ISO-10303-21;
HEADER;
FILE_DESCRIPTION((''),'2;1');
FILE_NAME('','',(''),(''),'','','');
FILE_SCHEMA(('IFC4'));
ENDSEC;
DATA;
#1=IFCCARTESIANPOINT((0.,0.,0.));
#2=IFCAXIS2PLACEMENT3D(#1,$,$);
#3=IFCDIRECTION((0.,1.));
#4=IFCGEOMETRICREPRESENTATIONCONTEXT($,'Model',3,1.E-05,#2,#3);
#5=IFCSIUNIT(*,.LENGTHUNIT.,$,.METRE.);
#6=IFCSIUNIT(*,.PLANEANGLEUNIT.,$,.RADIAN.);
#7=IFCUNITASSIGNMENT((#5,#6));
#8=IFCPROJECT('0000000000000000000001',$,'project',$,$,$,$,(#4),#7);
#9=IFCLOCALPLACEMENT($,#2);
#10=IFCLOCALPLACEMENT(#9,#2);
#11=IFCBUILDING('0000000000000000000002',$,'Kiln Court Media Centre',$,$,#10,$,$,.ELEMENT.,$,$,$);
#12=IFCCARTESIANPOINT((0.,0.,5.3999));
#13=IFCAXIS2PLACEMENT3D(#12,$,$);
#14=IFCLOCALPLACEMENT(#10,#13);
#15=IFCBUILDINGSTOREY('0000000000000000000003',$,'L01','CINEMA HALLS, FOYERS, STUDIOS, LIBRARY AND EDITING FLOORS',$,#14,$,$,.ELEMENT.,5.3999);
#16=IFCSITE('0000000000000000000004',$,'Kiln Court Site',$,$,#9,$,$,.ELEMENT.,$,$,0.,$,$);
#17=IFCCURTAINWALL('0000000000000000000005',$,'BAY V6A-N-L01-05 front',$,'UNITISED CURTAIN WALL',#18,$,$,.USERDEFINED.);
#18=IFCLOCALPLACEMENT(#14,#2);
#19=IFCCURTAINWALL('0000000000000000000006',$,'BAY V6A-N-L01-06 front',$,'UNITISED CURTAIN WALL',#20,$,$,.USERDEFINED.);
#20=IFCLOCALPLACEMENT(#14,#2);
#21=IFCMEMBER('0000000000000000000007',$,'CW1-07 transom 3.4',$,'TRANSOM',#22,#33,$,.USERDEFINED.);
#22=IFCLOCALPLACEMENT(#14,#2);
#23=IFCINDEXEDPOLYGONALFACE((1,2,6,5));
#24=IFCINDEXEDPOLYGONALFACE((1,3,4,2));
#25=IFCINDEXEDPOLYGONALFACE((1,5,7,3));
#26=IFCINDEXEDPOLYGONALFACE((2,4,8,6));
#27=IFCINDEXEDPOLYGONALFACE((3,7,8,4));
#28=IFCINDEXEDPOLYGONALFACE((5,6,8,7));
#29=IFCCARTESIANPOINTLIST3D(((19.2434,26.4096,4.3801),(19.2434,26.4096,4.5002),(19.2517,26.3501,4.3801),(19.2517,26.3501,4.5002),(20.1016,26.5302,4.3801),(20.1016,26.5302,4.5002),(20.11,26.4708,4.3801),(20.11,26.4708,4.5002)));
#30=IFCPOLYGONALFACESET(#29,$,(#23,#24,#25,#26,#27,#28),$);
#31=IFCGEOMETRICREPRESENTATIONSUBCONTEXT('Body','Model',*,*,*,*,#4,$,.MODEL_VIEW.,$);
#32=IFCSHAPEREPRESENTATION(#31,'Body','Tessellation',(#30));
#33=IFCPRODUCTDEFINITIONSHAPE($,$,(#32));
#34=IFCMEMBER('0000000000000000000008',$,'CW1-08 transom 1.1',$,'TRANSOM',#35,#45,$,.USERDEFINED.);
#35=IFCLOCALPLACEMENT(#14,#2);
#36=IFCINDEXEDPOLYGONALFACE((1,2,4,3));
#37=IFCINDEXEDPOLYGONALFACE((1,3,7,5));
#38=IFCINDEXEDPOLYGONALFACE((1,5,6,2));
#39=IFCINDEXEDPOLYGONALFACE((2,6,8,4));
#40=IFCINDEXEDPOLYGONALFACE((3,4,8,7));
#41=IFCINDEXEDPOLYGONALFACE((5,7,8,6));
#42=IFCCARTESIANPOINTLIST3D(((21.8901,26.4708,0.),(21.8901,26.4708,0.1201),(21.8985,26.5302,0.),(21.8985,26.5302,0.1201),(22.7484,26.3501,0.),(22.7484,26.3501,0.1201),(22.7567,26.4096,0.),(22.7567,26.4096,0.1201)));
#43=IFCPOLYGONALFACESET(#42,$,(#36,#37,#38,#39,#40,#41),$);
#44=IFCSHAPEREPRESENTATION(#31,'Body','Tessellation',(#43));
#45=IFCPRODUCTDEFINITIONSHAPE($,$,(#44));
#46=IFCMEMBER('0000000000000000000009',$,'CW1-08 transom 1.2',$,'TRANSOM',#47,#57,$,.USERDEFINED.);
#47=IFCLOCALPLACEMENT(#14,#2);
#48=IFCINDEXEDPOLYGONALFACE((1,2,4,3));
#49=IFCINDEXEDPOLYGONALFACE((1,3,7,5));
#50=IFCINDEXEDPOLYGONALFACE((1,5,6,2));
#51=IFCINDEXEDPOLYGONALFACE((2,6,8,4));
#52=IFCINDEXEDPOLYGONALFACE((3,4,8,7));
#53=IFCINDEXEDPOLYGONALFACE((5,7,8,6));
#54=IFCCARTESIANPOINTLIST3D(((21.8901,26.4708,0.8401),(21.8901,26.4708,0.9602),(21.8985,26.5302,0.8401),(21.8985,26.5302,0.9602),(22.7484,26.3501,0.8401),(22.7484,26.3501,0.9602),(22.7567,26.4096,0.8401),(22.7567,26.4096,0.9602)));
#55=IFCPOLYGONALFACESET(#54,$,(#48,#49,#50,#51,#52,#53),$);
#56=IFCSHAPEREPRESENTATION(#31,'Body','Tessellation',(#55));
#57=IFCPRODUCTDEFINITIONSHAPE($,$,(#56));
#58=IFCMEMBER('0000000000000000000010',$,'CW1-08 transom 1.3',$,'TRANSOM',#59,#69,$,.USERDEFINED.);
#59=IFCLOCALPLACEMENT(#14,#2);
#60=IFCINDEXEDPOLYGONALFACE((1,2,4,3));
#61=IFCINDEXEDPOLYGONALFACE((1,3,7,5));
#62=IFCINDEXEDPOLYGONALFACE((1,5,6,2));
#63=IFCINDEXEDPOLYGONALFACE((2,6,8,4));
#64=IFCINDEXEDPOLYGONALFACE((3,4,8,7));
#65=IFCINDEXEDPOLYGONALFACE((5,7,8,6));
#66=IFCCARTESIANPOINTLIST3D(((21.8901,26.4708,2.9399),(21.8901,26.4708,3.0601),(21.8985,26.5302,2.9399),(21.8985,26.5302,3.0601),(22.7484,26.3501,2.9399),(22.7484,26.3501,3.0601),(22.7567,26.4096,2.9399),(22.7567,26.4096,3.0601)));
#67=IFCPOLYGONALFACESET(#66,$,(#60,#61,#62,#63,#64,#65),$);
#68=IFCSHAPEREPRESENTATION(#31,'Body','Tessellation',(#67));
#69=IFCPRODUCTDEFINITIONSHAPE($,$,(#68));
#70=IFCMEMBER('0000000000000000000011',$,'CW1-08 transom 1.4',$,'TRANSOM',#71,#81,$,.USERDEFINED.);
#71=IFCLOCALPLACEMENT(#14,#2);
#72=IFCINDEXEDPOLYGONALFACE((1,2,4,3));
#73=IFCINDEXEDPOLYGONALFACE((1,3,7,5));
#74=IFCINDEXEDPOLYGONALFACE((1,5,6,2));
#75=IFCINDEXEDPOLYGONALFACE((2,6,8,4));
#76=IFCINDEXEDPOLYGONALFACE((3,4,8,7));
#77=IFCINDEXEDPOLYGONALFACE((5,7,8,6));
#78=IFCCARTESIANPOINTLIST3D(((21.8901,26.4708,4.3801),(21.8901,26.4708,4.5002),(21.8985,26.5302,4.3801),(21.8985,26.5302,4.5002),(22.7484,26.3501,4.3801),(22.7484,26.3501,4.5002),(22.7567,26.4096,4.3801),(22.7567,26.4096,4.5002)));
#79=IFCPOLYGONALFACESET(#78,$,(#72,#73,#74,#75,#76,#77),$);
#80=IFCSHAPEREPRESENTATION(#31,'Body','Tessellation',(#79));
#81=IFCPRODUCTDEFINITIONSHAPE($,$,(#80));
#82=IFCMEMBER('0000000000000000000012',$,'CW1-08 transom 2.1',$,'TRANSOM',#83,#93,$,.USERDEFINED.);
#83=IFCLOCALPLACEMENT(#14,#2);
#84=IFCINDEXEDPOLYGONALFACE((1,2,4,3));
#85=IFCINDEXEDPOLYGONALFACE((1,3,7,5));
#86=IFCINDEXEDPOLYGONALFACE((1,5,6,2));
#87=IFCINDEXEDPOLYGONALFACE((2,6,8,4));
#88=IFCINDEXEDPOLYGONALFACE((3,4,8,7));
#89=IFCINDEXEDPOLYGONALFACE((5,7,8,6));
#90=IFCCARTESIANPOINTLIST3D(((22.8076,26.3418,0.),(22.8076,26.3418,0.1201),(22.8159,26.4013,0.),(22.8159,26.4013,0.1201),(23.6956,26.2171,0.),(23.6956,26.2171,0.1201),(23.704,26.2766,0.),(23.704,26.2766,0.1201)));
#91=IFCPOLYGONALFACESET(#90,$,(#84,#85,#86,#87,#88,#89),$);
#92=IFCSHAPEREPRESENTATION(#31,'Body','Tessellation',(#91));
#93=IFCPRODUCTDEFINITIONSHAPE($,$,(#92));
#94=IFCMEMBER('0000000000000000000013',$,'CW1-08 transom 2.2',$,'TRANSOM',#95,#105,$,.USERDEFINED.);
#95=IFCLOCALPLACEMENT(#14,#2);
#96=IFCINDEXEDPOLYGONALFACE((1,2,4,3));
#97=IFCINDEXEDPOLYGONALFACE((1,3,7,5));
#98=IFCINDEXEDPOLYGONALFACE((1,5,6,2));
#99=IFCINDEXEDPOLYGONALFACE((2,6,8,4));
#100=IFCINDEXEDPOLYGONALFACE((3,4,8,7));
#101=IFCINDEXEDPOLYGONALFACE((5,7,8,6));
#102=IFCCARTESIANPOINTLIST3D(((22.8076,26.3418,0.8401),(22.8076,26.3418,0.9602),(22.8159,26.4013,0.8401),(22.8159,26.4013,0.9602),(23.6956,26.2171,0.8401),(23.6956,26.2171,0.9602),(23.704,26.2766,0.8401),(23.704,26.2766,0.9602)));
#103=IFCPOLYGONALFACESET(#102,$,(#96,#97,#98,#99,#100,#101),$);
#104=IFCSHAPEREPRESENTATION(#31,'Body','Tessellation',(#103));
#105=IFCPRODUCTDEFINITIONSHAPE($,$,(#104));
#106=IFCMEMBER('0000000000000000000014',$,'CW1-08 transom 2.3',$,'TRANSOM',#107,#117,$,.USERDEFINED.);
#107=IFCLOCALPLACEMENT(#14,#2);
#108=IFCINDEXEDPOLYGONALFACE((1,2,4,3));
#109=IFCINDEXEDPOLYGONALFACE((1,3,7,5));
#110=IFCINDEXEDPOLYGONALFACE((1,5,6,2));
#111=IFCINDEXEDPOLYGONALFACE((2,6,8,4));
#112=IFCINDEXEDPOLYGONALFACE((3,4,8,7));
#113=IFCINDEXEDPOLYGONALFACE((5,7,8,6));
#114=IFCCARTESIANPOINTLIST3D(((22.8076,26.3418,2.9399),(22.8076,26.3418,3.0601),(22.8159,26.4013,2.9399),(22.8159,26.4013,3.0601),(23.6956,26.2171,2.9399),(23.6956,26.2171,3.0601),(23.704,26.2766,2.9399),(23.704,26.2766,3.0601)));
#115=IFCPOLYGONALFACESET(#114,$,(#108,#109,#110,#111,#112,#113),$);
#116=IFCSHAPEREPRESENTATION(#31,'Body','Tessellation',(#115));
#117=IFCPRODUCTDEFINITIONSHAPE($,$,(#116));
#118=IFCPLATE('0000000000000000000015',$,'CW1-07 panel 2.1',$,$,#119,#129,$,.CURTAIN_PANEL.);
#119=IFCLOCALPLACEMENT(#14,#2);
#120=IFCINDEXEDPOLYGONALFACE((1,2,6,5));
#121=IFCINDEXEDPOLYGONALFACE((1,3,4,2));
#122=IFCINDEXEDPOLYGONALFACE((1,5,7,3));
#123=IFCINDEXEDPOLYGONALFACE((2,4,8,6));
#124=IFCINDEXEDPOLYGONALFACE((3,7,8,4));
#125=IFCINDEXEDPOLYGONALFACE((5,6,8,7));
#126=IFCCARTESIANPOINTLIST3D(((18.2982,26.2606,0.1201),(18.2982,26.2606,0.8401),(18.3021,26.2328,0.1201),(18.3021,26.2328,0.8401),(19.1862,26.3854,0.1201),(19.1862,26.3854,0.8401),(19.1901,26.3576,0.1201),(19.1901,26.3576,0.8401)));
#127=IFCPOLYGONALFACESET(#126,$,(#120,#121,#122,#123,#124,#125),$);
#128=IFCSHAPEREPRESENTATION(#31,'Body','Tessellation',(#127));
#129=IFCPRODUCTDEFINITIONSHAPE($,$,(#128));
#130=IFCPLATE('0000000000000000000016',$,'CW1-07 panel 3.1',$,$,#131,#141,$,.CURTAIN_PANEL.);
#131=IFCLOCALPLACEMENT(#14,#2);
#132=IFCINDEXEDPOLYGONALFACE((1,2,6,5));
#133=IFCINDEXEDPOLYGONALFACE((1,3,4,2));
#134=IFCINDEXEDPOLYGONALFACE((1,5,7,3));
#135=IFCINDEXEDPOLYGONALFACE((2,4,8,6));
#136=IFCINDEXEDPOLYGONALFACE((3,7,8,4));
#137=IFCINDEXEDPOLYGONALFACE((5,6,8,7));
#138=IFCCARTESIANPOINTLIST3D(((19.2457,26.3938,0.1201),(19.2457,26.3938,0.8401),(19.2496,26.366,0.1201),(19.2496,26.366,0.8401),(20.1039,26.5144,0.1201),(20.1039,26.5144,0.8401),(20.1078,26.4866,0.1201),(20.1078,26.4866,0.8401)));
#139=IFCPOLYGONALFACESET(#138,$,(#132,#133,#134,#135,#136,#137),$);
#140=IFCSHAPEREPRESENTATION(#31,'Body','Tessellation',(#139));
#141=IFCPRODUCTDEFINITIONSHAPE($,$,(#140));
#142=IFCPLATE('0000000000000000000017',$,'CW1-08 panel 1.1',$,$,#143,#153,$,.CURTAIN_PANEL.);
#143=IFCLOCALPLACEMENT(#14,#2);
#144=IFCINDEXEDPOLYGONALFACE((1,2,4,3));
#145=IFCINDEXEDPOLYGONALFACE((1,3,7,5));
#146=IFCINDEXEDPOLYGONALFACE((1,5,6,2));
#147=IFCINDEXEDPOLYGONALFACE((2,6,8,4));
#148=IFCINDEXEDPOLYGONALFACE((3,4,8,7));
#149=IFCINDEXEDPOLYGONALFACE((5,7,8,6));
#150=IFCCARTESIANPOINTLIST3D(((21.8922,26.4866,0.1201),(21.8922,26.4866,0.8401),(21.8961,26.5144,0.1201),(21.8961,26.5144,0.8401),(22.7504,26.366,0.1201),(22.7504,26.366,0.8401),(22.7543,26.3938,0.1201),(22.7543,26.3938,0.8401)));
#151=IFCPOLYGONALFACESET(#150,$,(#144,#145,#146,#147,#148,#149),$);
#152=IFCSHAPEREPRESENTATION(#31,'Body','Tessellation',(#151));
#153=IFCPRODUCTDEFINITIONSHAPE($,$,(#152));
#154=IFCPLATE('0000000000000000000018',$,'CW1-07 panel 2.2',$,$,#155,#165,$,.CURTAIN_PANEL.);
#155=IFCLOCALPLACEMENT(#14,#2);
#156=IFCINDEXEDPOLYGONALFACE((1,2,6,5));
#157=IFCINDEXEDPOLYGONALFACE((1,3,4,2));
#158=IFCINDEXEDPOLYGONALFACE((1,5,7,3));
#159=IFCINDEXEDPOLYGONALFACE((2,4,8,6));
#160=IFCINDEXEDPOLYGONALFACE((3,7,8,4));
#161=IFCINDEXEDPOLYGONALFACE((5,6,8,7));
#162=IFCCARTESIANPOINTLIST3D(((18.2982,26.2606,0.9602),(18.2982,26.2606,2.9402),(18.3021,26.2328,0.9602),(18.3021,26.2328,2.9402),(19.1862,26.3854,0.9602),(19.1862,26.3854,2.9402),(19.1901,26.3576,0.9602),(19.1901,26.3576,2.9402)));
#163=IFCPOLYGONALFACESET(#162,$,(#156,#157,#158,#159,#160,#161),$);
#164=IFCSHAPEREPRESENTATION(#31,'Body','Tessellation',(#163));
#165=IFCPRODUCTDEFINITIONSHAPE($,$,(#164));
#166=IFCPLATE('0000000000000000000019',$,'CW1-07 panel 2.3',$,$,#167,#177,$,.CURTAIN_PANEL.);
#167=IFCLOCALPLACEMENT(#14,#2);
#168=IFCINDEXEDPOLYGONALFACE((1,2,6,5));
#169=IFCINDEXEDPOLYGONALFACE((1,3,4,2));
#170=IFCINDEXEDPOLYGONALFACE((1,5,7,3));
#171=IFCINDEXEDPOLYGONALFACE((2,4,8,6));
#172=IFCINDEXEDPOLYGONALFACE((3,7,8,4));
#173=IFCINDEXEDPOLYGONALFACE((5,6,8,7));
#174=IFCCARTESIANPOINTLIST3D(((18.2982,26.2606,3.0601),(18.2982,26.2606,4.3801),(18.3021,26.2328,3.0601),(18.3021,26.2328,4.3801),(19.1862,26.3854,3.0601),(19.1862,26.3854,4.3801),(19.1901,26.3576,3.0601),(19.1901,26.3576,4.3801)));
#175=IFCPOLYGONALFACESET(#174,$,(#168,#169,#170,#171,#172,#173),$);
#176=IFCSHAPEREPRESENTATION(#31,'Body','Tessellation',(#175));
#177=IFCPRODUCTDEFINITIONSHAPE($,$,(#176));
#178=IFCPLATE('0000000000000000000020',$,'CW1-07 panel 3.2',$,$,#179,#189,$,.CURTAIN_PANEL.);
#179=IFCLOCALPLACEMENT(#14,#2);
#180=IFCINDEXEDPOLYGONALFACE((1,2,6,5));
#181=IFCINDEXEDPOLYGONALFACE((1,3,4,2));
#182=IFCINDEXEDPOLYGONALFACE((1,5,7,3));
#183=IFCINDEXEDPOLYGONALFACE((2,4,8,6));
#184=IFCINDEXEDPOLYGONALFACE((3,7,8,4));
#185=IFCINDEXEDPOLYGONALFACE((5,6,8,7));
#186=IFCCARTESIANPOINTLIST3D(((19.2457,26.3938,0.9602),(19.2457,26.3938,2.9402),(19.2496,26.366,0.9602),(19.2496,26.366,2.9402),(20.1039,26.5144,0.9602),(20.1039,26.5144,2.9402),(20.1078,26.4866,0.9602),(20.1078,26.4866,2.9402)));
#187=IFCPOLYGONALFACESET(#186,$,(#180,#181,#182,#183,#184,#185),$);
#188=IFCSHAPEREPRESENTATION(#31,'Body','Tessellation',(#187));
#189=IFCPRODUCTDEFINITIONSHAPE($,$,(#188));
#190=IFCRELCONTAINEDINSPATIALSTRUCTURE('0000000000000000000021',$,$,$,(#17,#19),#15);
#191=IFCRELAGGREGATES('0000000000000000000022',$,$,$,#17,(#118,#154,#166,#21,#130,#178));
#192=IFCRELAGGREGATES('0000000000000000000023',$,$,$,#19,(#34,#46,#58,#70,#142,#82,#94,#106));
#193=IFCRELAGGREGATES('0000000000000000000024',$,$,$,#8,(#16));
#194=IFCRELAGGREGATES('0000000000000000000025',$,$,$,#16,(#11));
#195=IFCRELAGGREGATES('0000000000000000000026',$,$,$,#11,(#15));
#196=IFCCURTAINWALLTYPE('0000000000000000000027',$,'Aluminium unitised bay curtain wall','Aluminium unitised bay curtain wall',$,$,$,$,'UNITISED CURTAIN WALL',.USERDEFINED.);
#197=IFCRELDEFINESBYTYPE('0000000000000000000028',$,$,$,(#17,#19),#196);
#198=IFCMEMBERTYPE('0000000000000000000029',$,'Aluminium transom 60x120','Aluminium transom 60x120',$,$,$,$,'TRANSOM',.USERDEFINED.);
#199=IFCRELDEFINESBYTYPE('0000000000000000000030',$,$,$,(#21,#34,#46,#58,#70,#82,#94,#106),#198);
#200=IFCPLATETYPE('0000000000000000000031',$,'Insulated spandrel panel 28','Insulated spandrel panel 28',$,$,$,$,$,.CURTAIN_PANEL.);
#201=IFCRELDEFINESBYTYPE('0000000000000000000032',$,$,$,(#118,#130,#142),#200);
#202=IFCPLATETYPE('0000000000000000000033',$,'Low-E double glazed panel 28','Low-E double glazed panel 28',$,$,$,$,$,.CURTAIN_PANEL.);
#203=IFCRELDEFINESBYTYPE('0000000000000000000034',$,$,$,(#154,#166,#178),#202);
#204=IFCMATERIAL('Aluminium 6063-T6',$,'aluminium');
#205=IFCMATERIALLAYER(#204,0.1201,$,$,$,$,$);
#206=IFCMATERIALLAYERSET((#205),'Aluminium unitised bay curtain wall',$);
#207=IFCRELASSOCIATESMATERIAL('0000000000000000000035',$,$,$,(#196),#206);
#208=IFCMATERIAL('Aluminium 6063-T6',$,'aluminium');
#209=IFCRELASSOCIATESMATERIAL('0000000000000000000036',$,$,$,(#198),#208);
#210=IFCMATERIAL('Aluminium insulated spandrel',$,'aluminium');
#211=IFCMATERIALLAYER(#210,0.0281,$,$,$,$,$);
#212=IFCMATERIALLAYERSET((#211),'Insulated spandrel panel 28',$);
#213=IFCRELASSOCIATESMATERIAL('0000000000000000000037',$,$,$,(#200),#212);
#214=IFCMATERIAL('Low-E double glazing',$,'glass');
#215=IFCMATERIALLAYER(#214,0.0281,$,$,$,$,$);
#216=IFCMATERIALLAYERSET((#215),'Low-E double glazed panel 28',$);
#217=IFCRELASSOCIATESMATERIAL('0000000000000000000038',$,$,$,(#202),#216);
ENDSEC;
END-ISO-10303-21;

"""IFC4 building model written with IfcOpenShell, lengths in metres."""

from ifc_helpers import new_model, si_unit, direction, frame, origin, origin_2d, place, context, subcontext, project, spatial, rectangle, extrude, material, layer, layer_set, material_profile, profile_set, type_object, element, aggregate, save


model = new_model("IFC4")

# Units and contexts
model_context = context("Model", 3, precision=1e-05, world=origin(), true_north=direction((0.0, 1.0)))
body_context = subcontext(model_context, "Body", "Model", "MODEL_VIEW")
ifc_project = project(units=[si_unit("LENGTHUNIT", "METRE"), si_unit("PLANEANGLEUNIT", "RADIAN")], contexts=[model_context])

# Site, building, storey
site_placement = place(None, origin())
site = spatial("IfcSite", under=ifc_project, at=site_placement, Name="Kiln Court Site", CompositionType="ELEMENT", RefElevation=0.0)
building_placement = place(site_placement, origin())
building = spatial("IfcBuilding", under=site, at=building_placement, Name="Kiln Court Media Centre", CompositionType="ELEMENT")
storey_placement = place(building_placement, frame((0.0, 0.0, 5.3999)))
storey = spatial("IfcBuildingStorey", under=building, at=storey_placement, Name="L01", Description="CINEMA HALLS, FOYERS, STUDIOS, LIBRARY AND EDITING FLOORS", CompositionType="ELEMENT", Elevation=5.3999)

# Shared definitions
ifc_material_1 = material(Name="Aluminium 6063-T6", Category="aluminium")
ifc_layer_1 = layer(ifc_material_1, 0.1201)
ifc_layer_set_1 = layer_set([ifc_layer_1], Name="Aluminium unitised bay curtain wall")
curtain_wall_type = type_object("IfcCurtainWallType", Name="Aluminium unitised bay curtain wall", Description="Aluminium unitised bay curtain wall", ElementType="UNITISED CURTAIN WALL", PredefinedType="USERDEFINED", material=ifc_layer_set_1)

# Curtain walls
curtain_wall_1_placement = place(storey_placement, origin())
curtain_wall_1 = element("IfcCurtainWall", 1, at=curtain_wall_1_placement, inside=storey, type_object=curtain_wall_type, Name="BAY V6A-N-L01-05 front", ObjectType="UNITISED CURTAIN WALL", PredefinedType="USERDEFINED")
curtain_wall_2_placement = place(storey_placement, origin())
curtain_wall_2 = element("IfcCurtainWall", 2, at=curtain_wall_2_placement, inside=storey, type_object=curtain_wall_type, Name="BAY V6A-N-L01-06 front", ObjectType="UNITISED CURTAIN WALL", PredefinedType="USERDEFINED")

# Members
ifc_material_2 = material(Name="Aluminium 6063-T6", Category="aluminium")
ifc_material_profile_1 = material_profile(ifc_material_2, rectangle(XDim=0.0601, YDim=0.1201, at=origin_2d()), Name="Aluminium transom 60x120")
ifc_profile_set_1 = profile_set([ifc_material_profile_1], Name="Aluminium 6063-T6")
member_type_1 = type_object("IfcMemberType", Name="Aluminium transom 60x120", Description="Aluminium transom 60x120", ElementType="TRANSOM", PredefinedType="USERDEFINED", material=ifc_profile_set_1)
member_1_placement = place(storey_placement, frame((19.2476, 26.3799, 4.4402), z_axis=(0.990268, 0.139173, 0.0), x_axis=(-0.139173, 0.990268, 0.0)))
member_1 = element("IfcMember", 3, at=member_1_placement, type_object=member_type_1, Name="CW1-07 transom 3.4", ObjectType="TRANSOM", PredefinedType="USERDEFINED", context=body_context, shape_type="SweptSolid", body=[
    extrude(rectangle(XDim=0.0601, YDim=0.1201, at=origin_2d()), origin(), (0.0, 0.0, 1.0), 0.8667),
])
member_2_placement = place(storey_placement, frame((21.8943, 26.5005, 0.0601), z_axis=(0.990268, -0.139173, 0.0), x_axis=(0.139173, 0.990268, 0.0)))
member_2 = element("IfcMember", 4, at=member_2_placement, type_object=member_type_1, Name="CW1-08 transom 1.1", ObjectType="TRANSOM", PredefinedType="USERDEFINED", context=body_context, shape_type="SweptSolid", body=[
    extrude(rectangle(XDim=0.0601, YDim=0.1201, at=origin_2d()), origin(), (0.0, 0.0, 1.0), 0.8667),
])
member_3_placement = place(storey_placement, frame((21.8943, 26.5005, 0.9001), z_axis=(0.990268, -0.139173, 0.0), x_axis=(0.139173, 0.990268, 0.0)))
member_3 = element("IfcMember", 5, at=member_3_placement, type_object=member_type_1, Name="CW1-08 transom 1.2", ObjectType="TRANSOM", PredefinedType="USERDEFINED", context=body_context, shape_type="SweptSolid", body=[
    extrude(rectangle(XDim=0.0601, YDim=0.1201, at=origin_2d()), origin(), (0.0, 0.0, 1.0), 0.8667),
])
member_4_placement = place(storey_placement, frame((21.8943, 26.5005, 3.0), z_axis=(0.990268, -0.139173, 0.0), x_axis=(0.139173, 0.990268, 0.0)))
member_4 = element("IfcMember", 6, at=member_4_placement, type_object=member_type_1, Name="CW1-08 transom 1.3", ObjectType="TRANSOM", PredefinedType="USERDEFINED", context=body_context, shape_type="SweptSolid", body=[
    extrude(rectangle(XDim=0.0601, YDim=0.1201, at=origin_2d()), origin(), (0.0, 0.0, 1.0), 0.8667),
])
member_5_placement = place(storey_placement, frame((21.8943, 26.5005, 4.4402), z_axis=(0.990268, -0.139173, 0.0), x_axis=(0.139173, 0.990268, 0.0)))
member_5 = element("IfcMember", 7, at=member_5_placement, type_object=member_type_1, Name="CW1-08 transom 1.4", ObjectType="TRANSOM", PredefinedType="USERDEFINED", context=body_context, shape_type="SweptSolid", body=[
    extrude(rectangle(XDim=0.0601, YDim=0.1201, at=origin_2d()), origin(), (0.0, 0.0, 1.0), 0.8667),
])
member_6_placement = place(storey_placement, frame((22.8118, 26.3716, 0.0601), z_axis=(0.990274, -0.139134, 0.0), x_axis=(0.139134, 0.990274, 0.0)))
member_6 = element("IfcMember", 8, at=member_6_placement, type_object=member_type_1, Name="CW1-08 transom 2.1", ObjectType="TRANSOM", PredefinedType="USERDEFINED", context=body_context, shape_type="SweptSolid", body=[
    extrude(rectangle(XDim=0.0601, YDim=0.1201, at=origin_2d()), origin(), (0.0, 0.0, 1.0), 0.8967),
])
member_7_placement = place(storey_placement, frame((22.8118, 26.3716, 0.9001), z_axis=(0.990274, -0.139134, 0.0), x_axis=(0.139134, 0.990274, 0.0)))
member_7 = element("IfcMember", 9, at=member_7_placement, type_object=member_type_1, Name="CW1-08 transom 2.2", ObjectType="TRANSOM", PredefinedType="USERDEFINED", context=body_context, shape_type="SweptSolid", body=[
    extrude(rectangle(XDim=0.0601, YDim=0.1201, at=origin_2d()), origin(), (0.0, 0.0, 1.0), 0.8967),
])
member_8_placement = place(storey_placement, frame((22.8118, 26.3716, 3.0), z_axis=(0.990274, -0.139134, 0.0), x_axis=(0.139134, 0.990274, 0.0)))
member_8 = element("IfcMember", 10, at=member_8_placement, type_object=member_type_1, Name="CW1-08 transom 2.3", ObjectType="TRANSOM", PredefinedType="USERDEFINED", context=body_context, shape_type="SweptSolid", body=[
    extrude(rectangle(XDim=0.0601, YDim=0.1201, at=origin_2d()), origin(), (0.0, 0.0, 1.0), 0.8967),
])

# Plates
ifc_material_3 = material(Name="Aluminium insulated spandrel", Category="aluminium")
ifc_layer_2 = layer(ifc_material_3, 0.0281)
ifc_layer_set_2 = layer_set([ifc_layer_2], Name="Insulated spandrel panel 28")
plate_type_1 = type_object("IfcPlateType", Name="Insulated spandrel panel 28", Description="Insulated spandrel panel 28", PredefinedType="CURTAIN_PANEL", material=ifc_layer_set_2)
plate_1_placement = place(storey_placement, frame((18.7441, 26.3091, 0.1201), z_axis=(0.0, 0.0, 1.0), x_axis=(0.99027, 0.139162, 0.0)))
plate_1 = element("IfcPlate", 11, at=plate_1_placement, type_object=plate_type_1, Name="CW1-07 panel 2.1", PredefinedType="CURTAIN_PANEL", context=body_context, shape_type="SweptSolid", body=[
    extrude(rectangle(XDim=0.8967, YDim=0.0281, at=origin_2d()), origin(), (0.0, 0.0, 1.0), 0.72),
])
plate_2_placement = place(storey_placement, frame((19.6768, 26.4402, 0.1201), z_axis=(0.0, 0.0, 1.0), x_axis=(0.99027, 0.139162, 0.0)))
plate_2 = element("IfcPlate", 12, at=plate_2_placement, type_object=plate_type_1, Name="CW1-07 panel 3.1", PredefinedType="CURTAIN_PANEL", context=body_context, shape_type="SweptSolid", body=[
    extrude(rectangle(XDim=0.8667, YDim=0.0281, at=origin_2d()), origin(), (0.0, 0.0, 1.0), 0.72),
])
plate_3_placement = place(storey_placement, frame((22.3232, 26.4402, 0.1201), z_axis=(0.0, 0.0, 1.0), x_axis=(0.99027, -0.139162, 0.0)))
plate_3 = element("IfcPlate", 13, at=plate_3_placement, type_object=plate_type_1, Name="CW1-08 panel 1.1", PredefinedType="CURTAIN_PANEL", context=body_context, shape_type="SweptSolid", body=[
    extrude(rectangle(XDim=0.8667, YDim=0.0281, at=origin_2d()), origin(), (0.0, 0.0, 1.0), 0.72),
])
ifc_material_4 = material(Name="Low-E double glazing", Category="glass")
ifc_layer_3 = layer(ifc_material_4, 0.0281)
ifc_layer_set_3 = layer_set([ifc_layer_3], Name="Low-E double glazed panel 28")
plate_type_2 = type_object("IfcPlateType", Name="Low-E double glazed panel 28", Description="Low-E double glazed panel 28", PredefinedType="CURTAIN_PANEL", material=ifc_layer_set_3)
plate_4_placement = place(storey_placement, frame((18.7441, 26.3091, 0.9602), z_axis=(0.0, 0.0, 1.0), x_axis=(0.99027, 0.139162, 0.0)))
plate_4 = element("IfcPlate", 14, at=plate_4_placement, type_object=plate_type_2, Name="CW1-07 panel 2.2", PredefinedType="CURTAIN_PANEL", context=body_context, shape_type="SweptSolid", body=[
    extrude(rectangle(XDim=0.8967, YDim=0.0281, at=origin_2d()), origin(), (0.0, 0.0, 1.0), 1.98),
])
plate_5_placement = place(storey_placement, frame((18.7441, 26.3091, 3.0601), z_axis=(0.0, 0.0, 1.0), x_axis=(0.99027, 0.139162, 0.0)))
plate_5 = element("IfcPlate", 15, at=plate_5_placement, type_object=plate_type_2, Name="CW1-07 panel 2.3", PredefinedType="CURTAIN_PANEL", context=body_context, shape_type="SweptSolid", body=[
    extrude(rectangle(XDim=0.8967, YDim=0.0281, at=origin_2d()), origin(), (0.0, 0.0, 1.0), 1.3201),
])
plate_6_placement = place(storey_placement, frame((19.6768, 26.4402, 0.9602), z_axis=(0.0, 0.0, 1.0), x_axis=(0.99027, 0.139162, 0.0)))
plate_6 = element("IfcPlate", 16, at=plate_6_placement, type_object=plate_type_2, Name="CW1-07 panel 3.2", PredefinedType="CURTAIN_PANEL", context=body_context, shape_type="SweptSolid", body=[
    extrude(rectangle(XDim=0.8667, YDim=0.0281, at=origin_2d()), origin(), (0.0, 0.0, 1.0), 1.98),
])
aggregate(curtain_wall_1, [plate_1, plate_4, plate_5, member_1, plate_2, plate_6])
aggregate(curtain_wall_2, [member_2, member_3, member_4, member_5, plate_3, member_6, member_7, member_8])

save(model, "model.ifc")
